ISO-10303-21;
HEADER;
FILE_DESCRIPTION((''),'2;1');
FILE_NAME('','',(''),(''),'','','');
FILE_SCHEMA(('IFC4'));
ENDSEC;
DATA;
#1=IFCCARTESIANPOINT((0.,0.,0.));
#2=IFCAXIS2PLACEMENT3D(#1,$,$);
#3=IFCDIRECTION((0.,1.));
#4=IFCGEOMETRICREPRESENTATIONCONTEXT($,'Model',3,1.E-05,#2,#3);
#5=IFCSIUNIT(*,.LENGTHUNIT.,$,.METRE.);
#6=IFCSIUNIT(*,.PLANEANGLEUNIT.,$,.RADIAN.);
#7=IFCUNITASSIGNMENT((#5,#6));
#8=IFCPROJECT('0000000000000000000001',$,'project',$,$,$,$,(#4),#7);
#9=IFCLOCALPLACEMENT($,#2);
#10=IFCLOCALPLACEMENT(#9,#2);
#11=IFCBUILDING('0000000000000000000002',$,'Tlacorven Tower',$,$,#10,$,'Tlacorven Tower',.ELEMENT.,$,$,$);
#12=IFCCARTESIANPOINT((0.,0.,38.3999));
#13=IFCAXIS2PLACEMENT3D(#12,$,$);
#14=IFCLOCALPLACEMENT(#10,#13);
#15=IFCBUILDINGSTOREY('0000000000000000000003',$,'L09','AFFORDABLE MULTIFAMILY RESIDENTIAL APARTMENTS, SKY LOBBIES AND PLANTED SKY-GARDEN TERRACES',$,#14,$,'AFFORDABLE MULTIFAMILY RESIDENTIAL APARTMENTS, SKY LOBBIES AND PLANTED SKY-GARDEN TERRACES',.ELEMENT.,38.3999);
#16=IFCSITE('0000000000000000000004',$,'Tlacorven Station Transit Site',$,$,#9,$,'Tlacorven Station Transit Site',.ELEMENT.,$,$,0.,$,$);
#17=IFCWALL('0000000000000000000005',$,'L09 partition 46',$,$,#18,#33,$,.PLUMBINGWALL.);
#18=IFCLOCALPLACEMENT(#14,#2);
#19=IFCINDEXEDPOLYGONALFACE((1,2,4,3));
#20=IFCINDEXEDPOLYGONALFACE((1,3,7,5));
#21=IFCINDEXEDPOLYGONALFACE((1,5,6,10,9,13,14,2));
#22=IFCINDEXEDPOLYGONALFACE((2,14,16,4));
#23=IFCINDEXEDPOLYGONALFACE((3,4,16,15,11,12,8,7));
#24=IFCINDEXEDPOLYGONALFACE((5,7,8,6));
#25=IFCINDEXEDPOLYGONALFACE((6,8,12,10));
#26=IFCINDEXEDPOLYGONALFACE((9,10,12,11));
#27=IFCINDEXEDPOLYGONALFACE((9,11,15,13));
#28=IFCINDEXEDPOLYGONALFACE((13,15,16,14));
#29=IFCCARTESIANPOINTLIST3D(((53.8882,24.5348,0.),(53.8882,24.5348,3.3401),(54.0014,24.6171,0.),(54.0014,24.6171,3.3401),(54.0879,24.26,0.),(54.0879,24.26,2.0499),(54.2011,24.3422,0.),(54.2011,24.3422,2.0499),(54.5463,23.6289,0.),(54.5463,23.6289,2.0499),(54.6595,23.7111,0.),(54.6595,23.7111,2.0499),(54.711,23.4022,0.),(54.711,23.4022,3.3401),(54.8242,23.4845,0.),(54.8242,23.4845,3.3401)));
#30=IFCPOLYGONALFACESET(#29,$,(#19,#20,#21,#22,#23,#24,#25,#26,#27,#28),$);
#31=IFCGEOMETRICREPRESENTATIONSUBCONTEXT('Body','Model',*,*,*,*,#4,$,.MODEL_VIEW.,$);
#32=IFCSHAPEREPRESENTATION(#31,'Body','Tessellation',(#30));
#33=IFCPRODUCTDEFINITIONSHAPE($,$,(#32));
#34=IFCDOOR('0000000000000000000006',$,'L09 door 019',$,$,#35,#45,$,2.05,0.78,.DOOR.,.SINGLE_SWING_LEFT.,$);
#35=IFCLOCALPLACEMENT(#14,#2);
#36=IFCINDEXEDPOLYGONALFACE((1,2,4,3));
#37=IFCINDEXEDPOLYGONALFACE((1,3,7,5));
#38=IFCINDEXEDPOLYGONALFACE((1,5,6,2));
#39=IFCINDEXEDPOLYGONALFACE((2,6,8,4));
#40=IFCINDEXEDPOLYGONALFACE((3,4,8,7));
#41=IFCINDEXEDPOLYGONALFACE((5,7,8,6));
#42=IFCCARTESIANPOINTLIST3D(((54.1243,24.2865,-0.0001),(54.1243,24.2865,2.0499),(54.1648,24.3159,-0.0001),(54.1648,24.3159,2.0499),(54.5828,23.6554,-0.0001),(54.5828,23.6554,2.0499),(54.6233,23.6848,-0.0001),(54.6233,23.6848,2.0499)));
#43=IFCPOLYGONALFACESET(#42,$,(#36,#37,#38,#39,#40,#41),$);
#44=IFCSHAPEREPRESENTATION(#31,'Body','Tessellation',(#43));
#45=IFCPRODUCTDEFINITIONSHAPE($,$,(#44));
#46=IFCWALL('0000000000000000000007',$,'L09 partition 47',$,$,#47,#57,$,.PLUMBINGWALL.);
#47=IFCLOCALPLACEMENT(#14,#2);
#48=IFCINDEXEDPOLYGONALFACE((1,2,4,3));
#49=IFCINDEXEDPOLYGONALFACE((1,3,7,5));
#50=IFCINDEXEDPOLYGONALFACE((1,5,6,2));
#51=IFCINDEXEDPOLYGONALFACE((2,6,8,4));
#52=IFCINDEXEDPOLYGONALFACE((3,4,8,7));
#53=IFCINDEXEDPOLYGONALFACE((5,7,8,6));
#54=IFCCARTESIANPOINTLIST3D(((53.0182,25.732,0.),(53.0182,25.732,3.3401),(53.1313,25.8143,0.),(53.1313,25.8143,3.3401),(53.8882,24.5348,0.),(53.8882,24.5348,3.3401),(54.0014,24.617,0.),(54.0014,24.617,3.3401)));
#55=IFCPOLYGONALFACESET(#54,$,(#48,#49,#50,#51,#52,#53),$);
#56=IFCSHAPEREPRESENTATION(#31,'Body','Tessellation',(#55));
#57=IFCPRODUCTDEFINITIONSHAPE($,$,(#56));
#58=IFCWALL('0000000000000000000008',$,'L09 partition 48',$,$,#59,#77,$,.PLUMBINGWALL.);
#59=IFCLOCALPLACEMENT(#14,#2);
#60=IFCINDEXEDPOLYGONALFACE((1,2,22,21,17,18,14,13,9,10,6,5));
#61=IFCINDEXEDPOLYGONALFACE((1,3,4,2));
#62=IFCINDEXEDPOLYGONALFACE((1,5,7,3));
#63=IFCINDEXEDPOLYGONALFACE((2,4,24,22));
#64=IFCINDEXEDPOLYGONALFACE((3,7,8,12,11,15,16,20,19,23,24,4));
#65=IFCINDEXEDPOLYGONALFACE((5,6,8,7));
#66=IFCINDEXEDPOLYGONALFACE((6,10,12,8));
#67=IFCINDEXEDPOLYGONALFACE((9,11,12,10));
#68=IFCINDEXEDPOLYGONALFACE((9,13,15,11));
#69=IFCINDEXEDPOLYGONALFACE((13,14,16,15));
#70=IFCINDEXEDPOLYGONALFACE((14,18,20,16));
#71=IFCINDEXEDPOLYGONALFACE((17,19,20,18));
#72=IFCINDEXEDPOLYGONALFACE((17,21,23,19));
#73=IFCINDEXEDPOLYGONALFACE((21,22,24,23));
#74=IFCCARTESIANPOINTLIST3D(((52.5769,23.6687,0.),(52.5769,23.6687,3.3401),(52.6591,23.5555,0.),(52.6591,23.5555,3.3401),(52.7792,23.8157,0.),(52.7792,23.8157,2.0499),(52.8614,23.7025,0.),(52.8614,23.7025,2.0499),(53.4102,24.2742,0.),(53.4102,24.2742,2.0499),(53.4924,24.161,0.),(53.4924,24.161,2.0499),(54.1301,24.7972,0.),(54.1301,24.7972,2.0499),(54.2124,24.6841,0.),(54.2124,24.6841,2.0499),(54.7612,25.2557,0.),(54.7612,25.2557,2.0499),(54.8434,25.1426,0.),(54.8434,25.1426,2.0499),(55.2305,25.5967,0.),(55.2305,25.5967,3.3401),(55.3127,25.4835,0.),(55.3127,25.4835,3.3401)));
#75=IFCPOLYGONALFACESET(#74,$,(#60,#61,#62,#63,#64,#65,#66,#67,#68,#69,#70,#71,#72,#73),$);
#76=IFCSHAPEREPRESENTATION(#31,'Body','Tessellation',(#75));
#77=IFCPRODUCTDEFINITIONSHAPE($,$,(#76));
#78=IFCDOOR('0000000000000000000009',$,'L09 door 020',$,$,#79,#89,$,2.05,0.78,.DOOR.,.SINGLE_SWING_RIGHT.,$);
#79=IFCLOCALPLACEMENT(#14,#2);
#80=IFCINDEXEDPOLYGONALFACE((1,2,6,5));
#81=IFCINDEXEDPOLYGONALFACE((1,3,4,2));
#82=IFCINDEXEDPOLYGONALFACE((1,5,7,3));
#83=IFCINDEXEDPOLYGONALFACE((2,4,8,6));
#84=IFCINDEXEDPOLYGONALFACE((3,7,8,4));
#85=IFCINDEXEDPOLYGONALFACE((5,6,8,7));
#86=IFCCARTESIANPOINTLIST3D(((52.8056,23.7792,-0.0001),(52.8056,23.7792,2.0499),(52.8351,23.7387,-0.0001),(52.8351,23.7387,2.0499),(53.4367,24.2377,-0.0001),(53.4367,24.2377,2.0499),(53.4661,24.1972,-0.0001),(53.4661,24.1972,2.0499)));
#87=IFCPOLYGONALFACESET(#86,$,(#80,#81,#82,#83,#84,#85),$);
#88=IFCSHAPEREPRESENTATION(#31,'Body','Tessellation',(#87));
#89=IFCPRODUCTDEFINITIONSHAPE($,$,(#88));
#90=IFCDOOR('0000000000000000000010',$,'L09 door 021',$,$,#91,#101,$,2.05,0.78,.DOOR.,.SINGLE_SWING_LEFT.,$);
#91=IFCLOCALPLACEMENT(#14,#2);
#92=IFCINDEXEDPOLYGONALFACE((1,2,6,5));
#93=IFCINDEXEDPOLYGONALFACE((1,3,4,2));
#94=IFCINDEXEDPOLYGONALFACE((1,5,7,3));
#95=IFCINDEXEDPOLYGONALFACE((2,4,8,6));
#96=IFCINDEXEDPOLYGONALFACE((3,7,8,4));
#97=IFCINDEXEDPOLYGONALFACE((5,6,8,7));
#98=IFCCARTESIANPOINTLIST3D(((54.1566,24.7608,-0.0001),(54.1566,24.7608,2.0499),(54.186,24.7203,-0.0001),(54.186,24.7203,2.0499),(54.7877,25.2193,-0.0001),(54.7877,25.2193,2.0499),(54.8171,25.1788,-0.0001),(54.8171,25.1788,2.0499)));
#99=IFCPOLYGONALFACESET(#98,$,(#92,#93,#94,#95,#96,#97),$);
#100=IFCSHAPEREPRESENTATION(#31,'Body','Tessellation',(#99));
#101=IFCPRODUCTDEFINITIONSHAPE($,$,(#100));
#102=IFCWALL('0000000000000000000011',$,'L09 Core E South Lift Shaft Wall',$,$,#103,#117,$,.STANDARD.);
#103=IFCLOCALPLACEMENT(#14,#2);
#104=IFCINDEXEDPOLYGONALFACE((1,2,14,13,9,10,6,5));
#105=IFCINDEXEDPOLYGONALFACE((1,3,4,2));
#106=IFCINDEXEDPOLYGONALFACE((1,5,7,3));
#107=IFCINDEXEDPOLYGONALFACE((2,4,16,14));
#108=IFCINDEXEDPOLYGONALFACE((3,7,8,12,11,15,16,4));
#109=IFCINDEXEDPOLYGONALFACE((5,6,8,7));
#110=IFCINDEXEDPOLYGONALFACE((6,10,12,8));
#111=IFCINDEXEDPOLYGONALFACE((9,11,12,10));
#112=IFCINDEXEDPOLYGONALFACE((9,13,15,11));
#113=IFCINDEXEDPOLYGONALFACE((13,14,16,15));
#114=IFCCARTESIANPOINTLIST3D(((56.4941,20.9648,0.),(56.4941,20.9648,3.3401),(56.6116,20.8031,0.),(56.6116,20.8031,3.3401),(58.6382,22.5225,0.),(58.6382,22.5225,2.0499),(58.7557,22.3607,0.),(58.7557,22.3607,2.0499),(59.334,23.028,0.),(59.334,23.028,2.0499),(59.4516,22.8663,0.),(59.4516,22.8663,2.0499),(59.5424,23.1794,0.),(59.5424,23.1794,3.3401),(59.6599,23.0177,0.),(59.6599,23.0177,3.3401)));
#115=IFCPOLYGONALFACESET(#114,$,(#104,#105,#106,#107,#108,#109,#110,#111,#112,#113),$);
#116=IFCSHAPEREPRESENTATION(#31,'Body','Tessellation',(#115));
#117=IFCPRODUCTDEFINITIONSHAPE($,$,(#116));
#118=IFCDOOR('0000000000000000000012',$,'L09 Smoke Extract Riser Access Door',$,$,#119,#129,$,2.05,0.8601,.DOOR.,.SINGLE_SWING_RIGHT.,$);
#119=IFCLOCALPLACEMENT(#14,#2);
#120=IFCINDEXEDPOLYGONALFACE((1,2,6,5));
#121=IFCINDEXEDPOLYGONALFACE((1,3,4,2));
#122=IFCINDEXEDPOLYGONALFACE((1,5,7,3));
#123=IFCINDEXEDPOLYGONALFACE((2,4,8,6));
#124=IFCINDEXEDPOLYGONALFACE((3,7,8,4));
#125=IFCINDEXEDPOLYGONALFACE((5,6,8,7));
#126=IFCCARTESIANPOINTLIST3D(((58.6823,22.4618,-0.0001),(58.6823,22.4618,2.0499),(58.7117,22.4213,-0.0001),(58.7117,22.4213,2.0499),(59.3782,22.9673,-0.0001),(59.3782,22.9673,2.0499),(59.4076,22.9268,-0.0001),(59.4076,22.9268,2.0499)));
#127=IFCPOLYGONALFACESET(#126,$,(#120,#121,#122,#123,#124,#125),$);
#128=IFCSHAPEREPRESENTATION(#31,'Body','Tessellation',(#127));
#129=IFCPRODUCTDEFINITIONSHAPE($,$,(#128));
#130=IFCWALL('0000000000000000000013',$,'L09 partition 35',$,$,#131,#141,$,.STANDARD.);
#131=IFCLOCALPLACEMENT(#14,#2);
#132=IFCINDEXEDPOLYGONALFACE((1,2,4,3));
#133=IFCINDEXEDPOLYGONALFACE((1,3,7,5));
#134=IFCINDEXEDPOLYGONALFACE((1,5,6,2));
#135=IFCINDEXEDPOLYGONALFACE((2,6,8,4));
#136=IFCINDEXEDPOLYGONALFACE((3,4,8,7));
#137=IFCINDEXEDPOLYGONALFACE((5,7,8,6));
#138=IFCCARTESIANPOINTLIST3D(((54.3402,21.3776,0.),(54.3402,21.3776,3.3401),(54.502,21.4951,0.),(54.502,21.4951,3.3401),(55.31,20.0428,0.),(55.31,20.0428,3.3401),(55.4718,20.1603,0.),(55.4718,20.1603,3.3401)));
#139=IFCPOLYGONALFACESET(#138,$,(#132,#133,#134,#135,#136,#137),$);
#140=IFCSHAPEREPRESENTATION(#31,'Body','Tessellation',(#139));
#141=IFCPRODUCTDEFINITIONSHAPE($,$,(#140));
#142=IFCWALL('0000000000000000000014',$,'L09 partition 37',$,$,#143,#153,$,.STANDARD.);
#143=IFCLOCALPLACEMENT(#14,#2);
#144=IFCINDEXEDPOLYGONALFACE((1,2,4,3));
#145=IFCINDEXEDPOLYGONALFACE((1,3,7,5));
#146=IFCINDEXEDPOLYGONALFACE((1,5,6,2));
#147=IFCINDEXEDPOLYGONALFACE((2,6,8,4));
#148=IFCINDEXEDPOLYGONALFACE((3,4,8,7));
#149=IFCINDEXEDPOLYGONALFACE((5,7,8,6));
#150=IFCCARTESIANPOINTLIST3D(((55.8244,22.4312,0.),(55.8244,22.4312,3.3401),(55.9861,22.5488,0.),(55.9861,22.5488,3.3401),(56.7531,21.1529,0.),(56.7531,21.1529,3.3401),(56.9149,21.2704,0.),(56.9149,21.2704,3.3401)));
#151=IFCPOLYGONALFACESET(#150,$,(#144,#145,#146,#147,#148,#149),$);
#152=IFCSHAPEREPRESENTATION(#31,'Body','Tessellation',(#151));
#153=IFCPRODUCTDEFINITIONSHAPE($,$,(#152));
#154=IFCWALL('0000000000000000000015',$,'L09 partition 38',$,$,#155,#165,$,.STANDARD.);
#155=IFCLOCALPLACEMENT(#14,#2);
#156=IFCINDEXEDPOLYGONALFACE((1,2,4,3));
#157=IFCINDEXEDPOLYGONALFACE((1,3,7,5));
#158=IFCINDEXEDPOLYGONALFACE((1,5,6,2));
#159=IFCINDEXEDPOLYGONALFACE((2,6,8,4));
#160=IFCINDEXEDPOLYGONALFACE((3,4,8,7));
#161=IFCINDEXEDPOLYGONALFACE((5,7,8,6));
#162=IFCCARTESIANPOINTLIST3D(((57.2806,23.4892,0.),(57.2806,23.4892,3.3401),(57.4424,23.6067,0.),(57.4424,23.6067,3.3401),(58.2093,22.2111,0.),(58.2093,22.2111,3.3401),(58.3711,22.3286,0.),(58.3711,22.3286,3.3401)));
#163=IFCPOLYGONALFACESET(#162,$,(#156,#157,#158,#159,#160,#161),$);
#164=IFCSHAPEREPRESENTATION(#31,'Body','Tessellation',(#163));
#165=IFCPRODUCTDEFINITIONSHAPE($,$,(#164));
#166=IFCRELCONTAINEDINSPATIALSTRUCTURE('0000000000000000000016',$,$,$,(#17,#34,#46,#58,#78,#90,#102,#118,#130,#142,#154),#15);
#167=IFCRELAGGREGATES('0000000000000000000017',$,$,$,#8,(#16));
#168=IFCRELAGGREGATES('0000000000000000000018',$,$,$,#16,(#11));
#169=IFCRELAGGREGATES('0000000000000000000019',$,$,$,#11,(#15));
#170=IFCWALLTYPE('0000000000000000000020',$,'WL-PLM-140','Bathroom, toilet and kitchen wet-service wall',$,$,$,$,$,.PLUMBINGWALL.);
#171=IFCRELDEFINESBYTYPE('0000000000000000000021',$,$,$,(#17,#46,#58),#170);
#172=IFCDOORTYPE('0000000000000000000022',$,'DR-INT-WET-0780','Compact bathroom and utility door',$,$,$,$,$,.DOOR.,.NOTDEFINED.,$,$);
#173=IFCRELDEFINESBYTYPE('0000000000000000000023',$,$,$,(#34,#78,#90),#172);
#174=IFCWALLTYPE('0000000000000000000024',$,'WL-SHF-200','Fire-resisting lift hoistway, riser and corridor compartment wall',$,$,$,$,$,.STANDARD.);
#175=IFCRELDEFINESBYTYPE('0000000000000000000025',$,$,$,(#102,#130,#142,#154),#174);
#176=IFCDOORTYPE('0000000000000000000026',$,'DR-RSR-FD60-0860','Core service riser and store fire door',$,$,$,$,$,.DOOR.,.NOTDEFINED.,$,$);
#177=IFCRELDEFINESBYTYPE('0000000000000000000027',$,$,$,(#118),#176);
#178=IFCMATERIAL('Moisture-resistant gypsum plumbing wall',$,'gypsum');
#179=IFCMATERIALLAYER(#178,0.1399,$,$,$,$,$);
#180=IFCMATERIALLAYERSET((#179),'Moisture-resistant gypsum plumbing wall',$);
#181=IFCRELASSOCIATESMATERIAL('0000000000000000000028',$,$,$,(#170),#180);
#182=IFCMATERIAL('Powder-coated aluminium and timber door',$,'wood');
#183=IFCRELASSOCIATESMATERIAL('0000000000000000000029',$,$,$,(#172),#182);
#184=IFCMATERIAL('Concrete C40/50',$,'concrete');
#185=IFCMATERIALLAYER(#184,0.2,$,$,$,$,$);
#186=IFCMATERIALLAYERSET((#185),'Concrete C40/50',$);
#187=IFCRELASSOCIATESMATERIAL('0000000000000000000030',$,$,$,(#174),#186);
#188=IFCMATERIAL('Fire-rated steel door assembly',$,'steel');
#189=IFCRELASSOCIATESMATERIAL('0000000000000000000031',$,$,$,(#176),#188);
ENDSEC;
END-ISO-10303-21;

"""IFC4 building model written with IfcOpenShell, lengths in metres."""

from ifc_helpers import new_model, si_unit, direction, frame, frame_2d, origin, place, context, subcontext, project, spatial, rectangle, extrude, source, transform, mapped, material, layer, layer_set, type_object, element, fill, save


model = new_model("IFC4")

# Units and contexts
model_context = context("Model", 3, precision=1e-05, world=origin(), true_north=direction((0.0, 1.0)))
body_context = subcontext(model_context, "Body", "Model", "MODEL_VIEW")
ifc_project = project(units=[si_unit("LENGTHUNIT", "METRE"), si_unit("PLANEANGLEUNIT", "RADIAN")], contexts=[model_context])

# Site, building, storey
site_placement = place(None, origin())
site = spatial("IfcSite", under=ifc_project, at=site_placement, Name="Tlacorven Station Transit Site", LongName="Tlacorven Station Transit Site", CompositionType="ELEMENT", RefElevation=0.0)
building_placement = place(site_placement, origin())
building = spatial("IfcBuilding", under=site, at=building_placement, Name="Tlacorven Tower", LongName="Tlacorven Tower", CompositionType="ELEMENT")
storey_placement = place(building_placement, frame((0.0, 0.0, 38.3999)))
storey = spatial("IfcBuildingStorey", under=building, at=storey_placement, Name="L09", Description="AFFORDABLE MULTIFAMILY RESIDENTIAL APARTMENTS, SKY LOBBIES AND PLANTED SKY-GARDEN TERRACES", LongName="AFFORDABLE MULTIFAMILY RESIDENTIAL APARTMENTS, SKY LOBBIES AND PLANTED SKY-GARDEN TERRACES", CompositionType="ELEMENT", Elevation=38.3999)

# Wall, opening, door
ifc_material_1 = material(Name="Moisture-resistant gypsum plumbing wall", Category="gypsum")
ifc_layer_1 = layer(ifc_material_1, 0.1399)
ifc_layer_set_1 = layer_set([ifc_layer_1], Name="Moisture-resistant gypsum plumbing wall")
wall_type_1 = type_object("IfcWallType", Name="WL-PLM-140", Description="Bathroom, toilet and kitchen wet-service wall", PredefinedType="PLUMBINGWALL", material=ifc_layer_set_1)
wall_1_placement = place(storey_placement, frame((54.7676, 23.4434, 0.0), z_axis=(0.0, 0.0, 1.0), x_axis=(-0.587736, 0.809053, 0.0)))
wall_1 = element("IfcWall", 1, at=wall_1_placement, inside=storey, type_object=wall_type_1, Name="L09 partition 46", PredefinedType="PLUMBINGWALL", context=body_context, shape_type="SweptSolid", body=[
    extrude(rectangle(XDim=1.3999, YDim=0.1399, at=frame_2d((0.7, 0.0))), origin(), (0.0, 0.0, 1.0), 3.3401),
])
opening_1_placement = place(wall_1_placement, frame((0.28, 0.0, 0.0)))
opening_1 = element("IfcOpeningElement", 2, at=opening_1_placement, cuts=wall_1, PredefinedType="OPENING", context=body_context, shape_type="SweptSolid", body=[
    extrude(rectangle(XDim=0.78, YDim=2.05, at=frame_2d((0.3901, 1.0249))), frame((0.0, 0.0801, 0.0), z_axis=(0.0, -1.0, 0.0), x_axis=(1.0, 0.0, 0.0)), (0.0, 0.0, 1.0), 0.1599),
])
ifc_material_2 = material(Name="Powder-coated aluminium and timber door", Category="wood")
door_type_1 = type_object("IfcDoorType", Name="DR-INT-WET-0780", Description="Compact bathroom and utility door", OperationType="NOTDEFINED", PredefinedType="DOOR", material=ifc_material_2)
shared_shape_1 = source(origin(), body_context, "Body", "SweptSolid", [
    extrude(rectangle(XDim=0.78, YDim=2.05, at=frame_2d((0.3901, 1.0249))), frame((0.0, 0.0249, 0.0), z_axis=(0.0, -1.0, 0.0), x_axis=(1.0, 0.0, 0.0)), (0.0, 0.0, 1.0), 0.05),
])
door_1_placement = place(opening_1_placement, origin())
door_1 = element("IfcDoor", 3, at=door_1_placement, inside=storey, type_object=door_type_1, Name="L09 door 019", OperationType="SINGLE_SWING_LEFT", OverallHeight=2.05, OverallWidth=0.78, PredefinedType="DOOR", context=body_context, shape_type="MappedRepresentation", body=[
    mapped(shared_shape_1, transform((0.0, 0.0, 0.0), scale=1.0)),
])
fill(opening_1, door_1)

# Wall
wall_2_placement = place(storey_placement, frame((53.9448, 24.5759, 0.0), z_axis=(0.0, 0.0, 1.0), x_axis=(-0.587897, 0.808936, 0.0)))
element("IfcWall", 4, at=wall_2_placement, inside=storey, type_object=wall_type_1, Name="L09 partition 47", PredefinedType="PLUMBINGWALL", context=body_context, shape_type="SweptSolid", body=[
    extrude(rectangle(XDim=1.48, YDim=0.1399, at=frame_2d((0.74, 0.0))), origin(), (0.0, 0.0, 1.0), 3.3401),
])

# Wall, openings, doors
wall_3_placement = place(storey_placement, frame((52.6179, 23.6121, 0.0), z_axis=(0.0, 0.0, 1.0), x_axis=(0.80901, 0.587795, 0.0)))
wall_3 = element("IfcWall", 5, at=wall_3_placement, inside=storey, type_object=wall_type_1, Name="L09 partition 48", PredefinedType="PLUMBINGWALL", context=body_context, shape_type="SweptSolid", body=[
    extrude(rectangle(XDim=3.28, YDim=0.1399, at=frame_2d((1.6401, 0.0))), origin(), (0.0, 0.0, 1.0), 3.3401),
])
opening_2_placement = place(wall_3_placement, frame((0.25, 0.0, 0.0)))
opening_2 = element("IfcOpeningElement", 6, at=opening_2_placement, cuts=wall_3, PredefinedType="OPENING", context=body_context, shape_type="SweptSolid", body=[
    extrude(rectangle(XDim=0.78, YDim=2.05, at=frame_2d((0.3901, 1.0249))), frame((0.0, 0.0801, 0.0), z_axis=(0.0, -1.0, 0.0), x_axis=(1.0, 0.0, 0.0)), (0.0, 0.0, 1.0), 0.1599),
])
opening_3_placement = place(wall_3_placement, frame((1.9199, 0.0, 0.0)))
opening_3 = element("IfcOpeningElement", 7, at=opening_3_placement, cuts=wall_3, PredefinedType="OPENING", context=body_context, shape_type="SweptSolid", body=[
    extrude(rectangle(XDim=0.78, YDim=2.05, at=frame_2d((0.3901, 1.0249))), frame((0.0, 0.0801, 0.0), z_axis=(0.0, -1.0, 0.0), x_axis=(1.0, 0.0, 0.0)), (0.0, 0.0, 1.0), 0.1599),
])
door_2_placement = place(opening_2_placement, origin())
door_2 = element("IfcDoor", 8, at=door_2_placement, inside=storey, type_object=door_type_1, Name="L09 door 020", OperationType="SINGLE_SWING_RIGHT", OverallHeight=2.05, OverallWidth=0.78, PredefinedType="DOOR", context=body_context, shape_type="MappedRepresentation", body=[
    mapped(shared_shape_1, transform((0.0, 0.0, 0.0), scale=1.0)),
])
fill(opening_2, door_2)
door_3_placement = place(opening_3_placement, origin())
door_3 = element("IfcDoor", 9, at=door_3_placement, inside=storey, type_object=door_type_1, Name="L09 door 021", OperationType="SINGLE_SWING_LEFT", OverallHeight=2.05, OverallWidth=0.78, PredefinedType="DOOR", context=body_context, shape_type="MappedRepresentation", body=[
    mapped(shared_shape_1, transform((0.0, 0.0, 0.0), scale=1.0)),
])
fill(opening_3, door_3)

# Wall, opening, door
ifc_material_3 = material(Name="Concrete C40/50", Category="concrete")
ifc_layer_2 = layer(ifc_material_3, 0.2)
ifc_layer_set_2 = layer_set([ifc_layer_2], Name="Concrete C40/50")
wall_type_2 = type_object("IfcWallType", Name="WL-SHF-200", Description="Fire-resisting lift hoistway, riser and corridor compartment wall", PredefinedType="STANDARD", material=ifc_layer_set_2)
wall_4_placement = place(storey_placement, frame((56.553, 20.884, 0.0), z_axis=(0.0, 0.0, 1.0), x_axis=(0.809036, 0.587759, 0.0)))
wall_4 = element("IfcWall", 10, at=wall_4_placement, inside=storey, type_object=wall_type_2, Name="L09 Core E South Lift Shaft Wall", PredefinedType="STANDARD", context=body_context, shape_type="SweptSolid", body=[
    extrude(rectangle(XDim=3.7678, YDim=0.2, at=frame_2d((1.8838, 0.0))), origin(), (0.0, 0.0, 1.0), 3.3401),
])
opening_4_placement = place(wall_4_placement, frame((2.6499, 0.0, 0.0)))
opening_4 = element("IfcOpeningElement", 11, at=opening_4_placement, cuts=wall_4, PredefinedType="OPENING", context=body_context, shape_type="SweptSolid", body=[
    extrude(rectangle(XDim=0.8601, YDim=2.05, at=frame_2d((0.4302, 1.0249))), frame((0.0, 0.1099, 0.0), z_axis=(0.0, -1.0, 0.0), x_axis=(1.0, 0.0, 0.0)), (0.0, 0.0, 1.0), 0.22),
])
ifc_material_4 = material(Name="Fire-rated steel door assembly", Category="steel")
door_type_2 = type_object("IfcDoorType", Name="DR-RSR-FD60-0860", Description="Core service riser and store fire door", OperationType="NOTDEFINED", PredefinedType="DOOR", material=ifc_material_4)
shared_shape_2 = source(origin(), body_context, "Body", "SweptSolid", [
    extrude(rectangle(XDim=0.8601, YDim=2.05, at=frame_2d((0.4302, 1.0249))), frame((0.0, 0.0249, 0.0), z_axis=(0.0, -1.0, 0.0), x_axis=(1.0, 0.0, 0.0)), (0.0, 0.0, 1.0), 0.05),
])
door_4_placement = place(opening_4_placement, origin())
door_4 = element("IfcDoor", 12, at=door_4_placement, inside=storey, type_object=door_type_2, Name="L09 Smoke Extract Riser Access Door", OperationType="SINGLE_SWING_RIGHT", OverallHeight=2.05, OverallWidth=0.8601, PredefinedType="DOOR", context=body_context, shape_type="MappedRepresentation", body=[
    mapped(shared_shape_2, transform((0.0, 0.0, 0.0), scale=1.0)),
])
fill(opening_4, door_4)

# Walls
wall_5_placement = place(storey_placement, frame((55.3909, 20.1016, 0.0), z_axis=(0.0, 0.0, 1.0), x_axis=(-0.587784, 0.809018, 0.0)))
element("IfcWall", 13, at=wall_5_placement, inside=storey, type_object=wall_type_2, Name="L09 partition 35", PredefinedType="STANDARD", context=body_context, shape_type="SweptSolid", body=[
    extrude(rectangle(XDim=1.6499, YDim=0.2, at=frame_2d((0.825, 0.0))), origin(), (0.0, 0.0, 1.0), 3.3401),
])
wall_6_placement = place(storey_placement, frame((56.834, 21.2117, 0.0), z_axis=(0.0, 0.0, 1.0), x_axis=(-0.587767, 0.80903, 0.0)))
element("IfcWall", 14, at=wall_6_placement, inside=storey, type_object=wall_type_2, Name="L09 partition 37", PredefinedType="STANDARD", context=body_context, shape_type="SweptSolid", body=[
    extrude(rectangle(XDim=1.5801, YDim=0.2, at=frame_2d((0.79, 0.0))), origin(), (0.0, 0.0, 1.0), 3.3401),
])
wall_7_placement = place(storey_placement, frame((58.2903, 22.2698, 0.0), z_axis=(0.0, 0.0, 1.0), x_axis=(-0.587841, 0.808977, 0.0)))
element("IfcWall", 15, at=wall_7_placement, inside=storey, type_object=wall_type_2, Name="L09 partition 38", PredefinedType="STANDARD", context=body_context, shape_type="SweptSolid", body=[
    extrude(rectangle(XDim=1.5798, YDim=0.2, at=frame_2d((0.79, 0.0))), origin(), (0.0, 0.0, 1.0), 3.3401),
])

save(model, "model.ifc")
